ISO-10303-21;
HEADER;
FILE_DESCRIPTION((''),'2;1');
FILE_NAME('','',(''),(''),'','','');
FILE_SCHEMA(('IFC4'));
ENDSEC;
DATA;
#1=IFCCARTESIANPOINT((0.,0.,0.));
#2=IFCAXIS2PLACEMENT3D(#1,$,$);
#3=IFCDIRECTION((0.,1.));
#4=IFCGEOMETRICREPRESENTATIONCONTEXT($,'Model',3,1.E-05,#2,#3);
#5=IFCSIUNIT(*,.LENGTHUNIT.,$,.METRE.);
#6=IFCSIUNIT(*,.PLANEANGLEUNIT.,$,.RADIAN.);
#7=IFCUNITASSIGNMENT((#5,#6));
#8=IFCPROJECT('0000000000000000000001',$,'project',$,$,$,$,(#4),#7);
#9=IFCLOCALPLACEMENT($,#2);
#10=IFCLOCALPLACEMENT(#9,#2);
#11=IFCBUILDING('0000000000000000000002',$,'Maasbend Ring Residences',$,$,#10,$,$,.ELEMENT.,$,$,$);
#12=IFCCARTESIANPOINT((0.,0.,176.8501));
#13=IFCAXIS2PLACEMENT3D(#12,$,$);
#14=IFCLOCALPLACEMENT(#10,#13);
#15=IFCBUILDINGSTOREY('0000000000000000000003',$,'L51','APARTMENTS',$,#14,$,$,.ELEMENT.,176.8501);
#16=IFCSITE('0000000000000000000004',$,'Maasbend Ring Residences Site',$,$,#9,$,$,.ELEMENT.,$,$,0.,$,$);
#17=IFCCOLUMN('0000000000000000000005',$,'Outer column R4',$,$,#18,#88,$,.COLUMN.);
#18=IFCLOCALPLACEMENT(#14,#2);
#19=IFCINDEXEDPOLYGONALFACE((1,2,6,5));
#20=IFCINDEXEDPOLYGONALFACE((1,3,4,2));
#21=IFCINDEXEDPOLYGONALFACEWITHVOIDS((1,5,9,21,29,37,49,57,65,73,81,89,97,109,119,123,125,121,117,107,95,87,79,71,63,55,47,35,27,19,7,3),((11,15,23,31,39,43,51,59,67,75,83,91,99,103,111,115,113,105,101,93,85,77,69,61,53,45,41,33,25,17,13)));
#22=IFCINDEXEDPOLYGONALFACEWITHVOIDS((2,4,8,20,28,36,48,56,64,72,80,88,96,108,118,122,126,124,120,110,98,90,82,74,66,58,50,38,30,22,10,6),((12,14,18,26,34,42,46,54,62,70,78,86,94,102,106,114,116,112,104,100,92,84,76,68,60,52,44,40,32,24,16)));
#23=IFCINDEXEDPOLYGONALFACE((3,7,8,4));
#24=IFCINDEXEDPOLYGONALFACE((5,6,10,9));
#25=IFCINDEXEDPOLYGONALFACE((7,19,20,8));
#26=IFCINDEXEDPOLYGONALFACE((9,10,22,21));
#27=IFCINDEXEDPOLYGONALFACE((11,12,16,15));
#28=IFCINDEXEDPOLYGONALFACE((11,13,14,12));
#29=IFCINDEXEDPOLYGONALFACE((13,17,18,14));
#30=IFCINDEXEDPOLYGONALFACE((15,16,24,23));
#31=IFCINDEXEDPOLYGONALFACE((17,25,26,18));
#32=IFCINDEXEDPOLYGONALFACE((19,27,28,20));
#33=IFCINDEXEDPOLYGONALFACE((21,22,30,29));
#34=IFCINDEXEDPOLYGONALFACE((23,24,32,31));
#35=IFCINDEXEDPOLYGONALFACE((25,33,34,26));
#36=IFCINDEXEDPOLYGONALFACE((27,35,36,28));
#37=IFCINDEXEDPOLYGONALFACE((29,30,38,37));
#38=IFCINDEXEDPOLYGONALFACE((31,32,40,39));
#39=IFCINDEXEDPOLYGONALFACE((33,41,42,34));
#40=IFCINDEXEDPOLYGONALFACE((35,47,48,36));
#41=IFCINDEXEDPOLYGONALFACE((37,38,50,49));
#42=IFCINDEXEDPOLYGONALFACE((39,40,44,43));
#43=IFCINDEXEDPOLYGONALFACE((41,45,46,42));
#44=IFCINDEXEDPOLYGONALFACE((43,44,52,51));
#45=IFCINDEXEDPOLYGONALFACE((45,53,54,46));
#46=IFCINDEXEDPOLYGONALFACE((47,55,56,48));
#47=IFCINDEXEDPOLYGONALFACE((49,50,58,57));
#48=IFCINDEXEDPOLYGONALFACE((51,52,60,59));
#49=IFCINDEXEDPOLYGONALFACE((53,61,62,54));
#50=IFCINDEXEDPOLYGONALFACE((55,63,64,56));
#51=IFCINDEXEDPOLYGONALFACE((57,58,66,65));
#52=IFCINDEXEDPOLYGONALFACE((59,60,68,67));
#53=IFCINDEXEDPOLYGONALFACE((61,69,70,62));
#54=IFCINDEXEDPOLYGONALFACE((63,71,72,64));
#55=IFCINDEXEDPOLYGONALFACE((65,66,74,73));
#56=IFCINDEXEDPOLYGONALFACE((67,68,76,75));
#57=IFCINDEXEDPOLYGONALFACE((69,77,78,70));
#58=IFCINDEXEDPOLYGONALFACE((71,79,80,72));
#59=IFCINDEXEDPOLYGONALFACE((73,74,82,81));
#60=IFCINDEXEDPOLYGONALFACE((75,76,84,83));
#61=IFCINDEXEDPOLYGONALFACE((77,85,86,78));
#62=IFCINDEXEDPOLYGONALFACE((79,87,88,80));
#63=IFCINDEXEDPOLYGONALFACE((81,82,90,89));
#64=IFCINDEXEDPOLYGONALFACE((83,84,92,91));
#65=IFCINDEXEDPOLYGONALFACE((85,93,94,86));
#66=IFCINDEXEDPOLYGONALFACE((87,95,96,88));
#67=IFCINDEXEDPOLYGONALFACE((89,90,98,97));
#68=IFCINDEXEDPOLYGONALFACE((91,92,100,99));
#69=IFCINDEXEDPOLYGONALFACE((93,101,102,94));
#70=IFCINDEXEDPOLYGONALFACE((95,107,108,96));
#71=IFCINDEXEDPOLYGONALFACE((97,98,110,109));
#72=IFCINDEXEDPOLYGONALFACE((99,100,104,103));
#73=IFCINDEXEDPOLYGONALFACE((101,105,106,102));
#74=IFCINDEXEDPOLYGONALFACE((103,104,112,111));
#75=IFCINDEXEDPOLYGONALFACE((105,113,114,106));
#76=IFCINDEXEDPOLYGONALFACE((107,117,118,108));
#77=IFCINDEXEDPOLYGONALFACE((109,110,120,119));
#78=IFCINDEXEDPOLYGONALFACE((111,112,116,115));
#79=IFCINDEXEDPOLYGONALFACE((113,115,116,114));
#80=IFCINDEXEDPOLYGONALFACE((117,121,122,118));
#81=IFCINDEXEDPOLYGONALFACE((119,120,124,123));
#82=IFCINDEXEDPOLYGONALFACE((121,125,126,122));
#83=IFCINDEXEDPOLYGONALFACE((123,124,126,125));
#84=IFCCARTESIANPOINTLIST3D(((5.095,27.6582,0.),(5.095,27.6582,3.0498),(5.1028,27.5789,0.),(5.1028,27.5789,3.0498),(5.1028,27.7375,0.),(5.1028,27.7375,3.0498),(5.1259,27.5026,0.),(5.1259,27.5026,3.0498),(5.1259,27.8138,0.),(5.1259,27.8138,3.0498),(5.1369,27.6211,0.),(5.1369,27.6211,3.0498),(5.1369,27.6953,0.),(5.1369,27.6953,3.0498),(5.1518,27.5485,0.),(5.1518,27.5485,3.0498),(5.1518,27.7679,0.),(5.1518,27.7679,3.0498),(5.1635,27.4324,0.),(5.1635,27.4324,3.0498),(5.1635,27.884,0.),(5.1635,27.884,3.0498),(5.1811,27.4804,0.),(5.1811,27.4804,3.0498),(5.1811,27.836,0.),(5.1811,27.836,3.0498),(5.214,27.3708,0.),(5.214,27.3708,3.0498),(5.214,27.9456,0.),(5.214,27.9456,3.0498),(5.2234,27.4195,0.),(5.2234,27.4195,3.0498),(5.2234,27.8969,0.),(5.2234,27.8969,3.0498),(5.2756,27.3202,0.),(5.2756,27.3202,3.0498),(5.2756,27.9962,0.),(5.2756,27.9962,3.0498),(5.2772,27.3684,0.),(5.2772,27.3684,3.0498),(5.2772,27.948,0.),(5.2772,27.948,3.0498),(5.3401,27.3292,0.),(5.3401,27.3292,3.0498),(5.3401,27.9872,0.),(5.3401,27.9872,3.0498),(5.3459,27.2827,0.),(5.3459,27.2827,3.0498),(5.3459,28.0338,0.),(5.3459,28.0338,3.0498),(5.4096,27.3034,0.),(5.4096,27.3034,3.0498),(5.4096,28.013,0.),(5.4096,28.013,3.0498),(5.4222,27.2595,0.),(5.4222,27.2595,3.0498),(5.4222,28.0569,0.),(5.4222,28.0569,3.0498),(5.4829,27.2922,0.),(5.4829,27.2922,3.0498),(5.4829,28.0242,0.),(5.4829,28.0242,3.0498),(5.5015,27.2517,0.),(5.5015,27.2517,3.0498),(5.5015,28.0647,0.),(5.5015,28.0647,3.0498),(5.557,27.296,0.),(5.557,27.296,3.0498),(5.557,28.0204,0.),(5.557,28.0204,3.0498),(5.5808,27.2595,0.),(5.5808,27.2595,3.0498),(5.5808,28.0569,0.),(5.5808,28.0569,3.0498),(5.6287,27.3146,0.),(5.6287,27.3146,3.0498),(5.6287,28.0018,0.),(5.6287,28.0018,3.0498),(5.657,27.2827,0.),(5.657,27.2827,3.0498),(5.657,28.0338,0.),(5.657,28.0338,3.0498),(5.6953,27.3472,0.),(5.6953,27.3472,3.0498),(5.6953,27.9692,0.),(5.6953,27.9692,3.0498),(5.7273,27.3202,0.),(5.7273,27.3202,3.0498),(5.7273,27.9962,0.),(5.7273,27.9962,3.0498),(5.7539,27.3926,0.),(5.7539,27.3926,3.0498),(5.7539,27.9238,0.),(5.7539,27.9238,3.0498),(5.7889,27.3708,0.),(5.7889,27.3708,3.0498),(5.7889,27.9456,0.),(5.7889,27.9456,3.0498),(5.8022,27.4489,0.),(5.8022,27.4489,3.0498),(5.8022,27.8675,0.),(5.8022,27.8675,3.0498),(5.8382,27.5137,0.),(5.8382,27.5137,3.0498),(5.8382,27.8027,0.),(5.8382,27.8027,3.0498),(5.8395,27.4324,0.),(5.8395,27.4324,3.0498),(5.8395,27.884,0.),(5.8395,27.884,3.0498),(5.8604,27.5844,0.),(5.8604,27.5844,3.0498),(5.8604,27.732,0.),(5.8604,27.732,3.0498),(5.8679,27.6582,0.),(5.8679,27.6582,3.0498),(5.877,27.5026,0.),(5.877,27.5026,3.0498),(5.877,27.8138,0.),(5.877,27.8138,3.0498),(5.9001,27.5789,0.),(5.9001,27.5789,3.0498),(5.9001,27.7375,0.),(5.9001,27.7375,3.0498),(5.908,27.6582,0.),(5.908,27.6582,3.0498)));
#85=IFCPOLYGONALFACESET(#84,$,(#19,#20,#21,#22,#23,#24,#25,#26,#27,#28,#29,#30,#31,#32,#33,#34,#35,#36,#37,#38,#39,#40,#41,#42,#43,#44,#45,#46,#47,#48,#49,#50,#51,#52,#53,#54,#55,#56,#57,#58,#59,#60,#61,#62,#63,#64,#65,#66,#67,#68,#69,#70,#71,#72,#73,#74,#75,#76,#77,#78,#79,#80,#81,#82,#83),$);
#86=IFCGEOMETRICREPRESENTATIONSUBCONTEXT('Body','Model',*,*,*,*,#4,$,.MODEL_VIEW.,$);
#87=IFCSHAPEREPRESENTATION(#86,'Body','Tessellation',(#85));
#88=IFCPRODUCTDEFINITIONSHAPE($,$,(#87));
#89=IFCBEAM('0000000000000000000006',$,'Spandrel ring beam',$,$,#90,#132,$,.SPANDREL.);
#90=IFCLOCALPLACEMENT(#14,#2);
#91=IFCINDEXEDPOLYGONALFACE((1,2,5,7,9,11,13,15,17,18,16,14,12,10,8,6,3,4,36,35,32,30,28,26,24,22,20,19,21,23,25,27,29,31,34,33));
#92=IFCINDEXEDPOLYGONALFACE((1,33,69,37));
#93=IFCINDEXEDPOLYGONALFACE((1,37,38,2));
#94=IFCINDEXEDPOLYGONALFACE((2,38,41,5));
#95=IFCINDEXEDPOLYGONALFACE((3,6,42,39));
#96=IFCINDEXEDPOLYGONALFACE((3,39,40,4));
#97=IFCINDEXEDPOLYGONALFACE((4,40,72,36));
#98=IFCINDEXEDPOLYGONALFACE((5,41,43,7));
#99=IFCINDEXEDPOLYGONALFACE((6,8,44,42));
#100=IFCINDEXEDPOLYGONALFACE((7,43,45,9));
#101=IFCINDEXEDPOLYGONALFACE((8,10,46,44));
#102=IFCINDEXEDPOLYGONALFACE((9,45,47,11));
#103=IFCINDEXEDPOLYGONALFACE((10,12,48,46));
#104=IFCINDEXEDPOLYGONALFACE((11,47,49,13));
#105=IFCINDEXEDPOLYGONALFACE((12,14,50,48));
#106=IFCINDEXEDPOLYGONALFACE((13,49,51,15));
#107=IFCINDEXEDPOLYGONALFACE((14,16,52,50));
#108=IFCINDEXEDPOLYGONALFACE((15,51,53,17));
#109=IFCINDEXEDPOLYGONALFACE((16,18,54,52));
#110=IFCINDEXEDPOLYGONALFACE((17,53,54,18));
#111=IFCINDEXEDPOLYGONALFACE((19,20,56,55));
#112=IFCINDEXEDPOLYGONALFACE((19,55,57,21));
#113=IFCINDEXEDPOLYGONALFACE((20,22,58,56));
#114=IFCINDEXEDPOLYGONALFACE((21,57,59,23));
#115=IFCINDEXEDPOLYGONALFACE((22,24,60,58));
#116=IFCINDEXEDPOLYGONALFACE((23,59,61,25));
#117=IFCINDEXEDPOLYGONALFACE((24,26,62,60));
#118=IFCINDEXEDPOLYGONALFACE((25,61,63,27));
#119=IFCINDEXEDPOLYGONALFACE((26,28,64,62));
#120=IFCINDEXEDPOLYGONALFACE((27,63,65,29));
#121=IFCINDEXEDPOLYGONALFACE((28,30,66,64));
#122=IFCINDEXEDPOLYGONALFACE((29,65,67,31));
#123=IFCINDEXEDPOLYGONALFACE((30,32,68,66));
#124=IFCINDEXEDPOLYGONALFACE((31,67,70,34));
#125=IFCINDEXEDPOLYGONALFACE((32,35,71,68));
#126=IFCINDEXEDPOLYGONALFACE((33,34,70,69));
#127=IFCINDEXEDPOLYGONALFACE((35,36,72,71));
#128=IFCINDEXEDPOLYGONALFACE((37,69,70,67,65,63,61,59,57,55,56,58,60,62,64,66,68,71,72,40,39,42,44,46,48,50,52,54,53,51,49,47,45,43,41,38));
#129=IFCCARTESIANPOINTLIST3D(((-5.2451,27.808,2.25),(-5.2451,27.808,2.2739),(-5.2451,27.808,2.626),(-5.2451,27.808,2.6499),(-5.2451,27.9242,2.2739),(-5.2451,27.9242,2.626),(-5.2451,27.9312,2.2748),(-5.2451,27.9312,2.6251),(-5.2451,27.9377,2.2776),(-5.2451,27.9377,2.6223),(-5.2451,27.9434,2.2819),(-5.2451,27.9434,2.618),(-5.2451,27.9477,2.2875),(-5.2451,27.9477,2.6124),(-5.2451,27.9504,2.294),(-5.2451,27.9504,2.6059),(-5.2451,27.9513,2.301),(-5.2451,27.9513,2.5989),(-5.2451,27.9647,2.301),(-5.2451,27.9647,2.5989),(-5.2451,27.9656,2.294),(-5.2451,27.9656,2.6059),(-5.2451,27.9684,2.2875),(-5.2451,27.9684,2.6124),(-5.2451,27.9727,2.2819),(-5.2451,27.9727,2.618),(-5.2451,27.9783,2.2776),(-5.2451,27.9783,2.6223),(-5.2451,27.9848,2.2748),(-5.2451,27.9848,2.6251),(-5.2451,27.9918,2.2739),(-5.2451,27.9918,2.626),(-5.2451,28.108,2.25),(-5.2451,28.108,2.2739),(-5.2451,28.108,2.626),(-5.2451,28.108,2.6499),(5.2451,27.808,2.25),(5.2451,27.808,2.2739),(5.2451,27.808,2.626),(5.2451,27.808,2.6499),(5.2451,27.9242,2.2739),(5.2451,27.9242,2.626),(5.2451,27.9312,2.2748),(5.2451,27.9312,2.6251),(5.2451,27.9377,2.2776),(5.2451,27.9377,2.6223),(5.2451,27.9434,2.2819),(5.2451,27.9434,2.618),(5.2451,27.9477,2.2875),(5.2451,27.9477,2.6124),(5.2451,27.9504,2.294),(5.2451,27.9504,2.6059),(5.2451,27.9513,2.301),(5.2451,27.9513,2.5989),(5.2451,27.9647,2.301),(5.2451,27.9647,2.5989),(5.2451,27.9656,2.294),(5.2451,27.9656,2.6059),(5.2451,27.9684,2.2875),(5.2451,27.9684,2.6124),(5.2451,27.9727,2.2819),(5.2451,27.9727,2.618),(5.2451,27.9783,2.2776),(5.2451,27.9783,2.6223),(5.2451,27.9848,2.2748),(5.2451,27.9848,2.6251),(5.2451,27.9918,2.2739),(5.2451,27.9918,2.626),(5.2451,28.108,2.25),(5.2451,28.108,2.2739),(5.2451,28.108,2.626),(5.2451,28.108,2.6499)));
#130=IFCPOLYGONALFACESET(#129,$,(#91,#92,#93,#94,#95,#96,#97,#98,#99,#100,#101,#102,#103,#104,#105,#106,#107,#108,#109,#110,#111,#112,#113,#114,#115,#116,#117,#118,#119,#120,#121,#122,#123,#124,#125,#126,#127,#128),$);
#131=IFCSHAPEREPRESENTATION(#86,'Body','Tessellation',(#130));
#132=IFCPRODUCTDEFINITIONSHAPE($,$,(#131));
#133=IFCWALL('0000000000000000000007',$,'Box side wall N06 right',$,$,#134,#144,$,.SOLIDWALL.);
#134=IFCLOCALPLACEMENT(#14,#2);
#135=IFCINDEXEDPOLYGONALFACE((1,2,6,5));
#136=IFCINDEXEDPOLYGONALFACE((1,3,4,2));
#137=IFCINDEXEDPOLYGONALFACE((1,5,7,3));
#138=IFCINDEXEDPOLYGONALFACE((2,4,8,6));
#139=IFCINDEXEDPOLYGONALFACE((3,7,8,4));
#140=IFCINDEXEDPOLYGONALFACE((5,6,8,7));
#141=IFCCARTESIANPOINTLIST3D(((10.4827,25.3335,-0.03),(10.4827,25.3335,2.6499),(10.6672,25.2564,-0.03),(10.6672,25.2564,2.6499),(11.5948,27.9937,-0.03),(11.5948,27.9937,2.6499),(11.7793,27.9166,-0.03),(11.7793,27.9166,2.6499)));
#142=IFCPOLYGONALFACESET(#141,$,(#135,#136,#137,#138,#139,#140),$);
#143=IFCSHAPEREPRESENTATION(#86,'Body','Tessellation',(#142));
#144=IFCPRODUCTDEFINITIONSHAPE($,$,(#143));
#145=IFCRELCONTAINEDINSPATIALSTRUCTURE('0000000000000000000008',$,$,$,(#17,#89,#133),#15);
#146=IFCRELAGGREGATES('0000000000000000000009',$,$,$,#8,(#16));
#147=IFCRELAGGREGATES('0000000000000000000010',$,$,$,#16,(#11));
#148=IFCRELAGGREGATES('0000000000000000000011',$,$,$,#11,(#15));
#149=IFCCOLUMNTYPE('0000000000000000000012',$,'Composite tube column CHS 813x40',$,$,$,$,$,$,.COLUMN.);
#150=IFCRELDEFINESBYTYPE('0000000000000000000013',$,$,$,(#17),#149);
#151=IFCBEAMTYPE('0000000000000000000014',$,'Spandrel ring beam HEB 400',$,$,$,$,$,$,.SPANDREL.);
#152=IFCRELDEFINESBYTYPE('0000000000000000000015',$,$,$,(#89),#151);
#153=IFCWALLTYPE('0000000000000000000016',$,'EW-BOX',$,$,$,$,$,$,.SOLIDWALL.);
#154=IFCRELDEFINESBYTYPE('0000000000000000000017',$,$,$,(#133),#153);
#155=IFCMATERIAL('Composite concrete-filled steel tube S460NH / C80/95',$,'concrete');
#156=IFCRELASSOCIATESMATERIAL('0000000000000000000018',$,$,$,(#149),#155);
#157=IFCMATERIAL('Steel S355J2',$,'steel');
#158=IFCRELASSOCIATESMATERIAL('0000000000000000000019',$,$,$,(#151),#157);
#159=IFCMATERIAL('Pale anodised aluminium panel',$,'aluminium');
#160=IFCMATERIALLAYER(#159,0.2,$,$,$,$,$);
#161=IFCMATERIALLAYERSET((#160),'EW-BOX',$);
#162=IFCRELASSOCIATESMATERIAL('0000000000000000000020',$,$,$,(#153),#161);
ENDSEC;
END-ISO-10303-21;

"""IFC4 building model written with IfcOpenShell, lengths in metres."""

from ifc_helpers import new_model, si_unit, direction, frame, frame_2d, origin, origin_2d, place, context, subcontext, project, spatial, rectangle, hollow_circle, i_section, extrude, material, layer, layer_set, material_profile, profile_set, type_object, element, save


model = new_model("IFC4")

# Units and contexts
model_context = context("Model", 3, precision=1e-05, world=origin(), true_north=direction((0.0, 1.0)))
body_context = subcontext(model_context, "Body", "Model", "MODEL_VIEW")
ifc_project = project(units=[si_unit("LENGTHUNIT", "METRE"), si_unit("PLANEANGLEUNIT", "RADIAN")], contexts=[model_context])

# Site, building, storey
site_placement = place(None, origin())
site = spatial("IfcSite", under=ifc_project, at=site_placement, Name="Maasbend Ring Residences Site", CompositionType="ELEMENT", RefElevation=0.0)
building_placement = place(site_placement, origin())
building = spatial("IfcBuilding", under=site, at=building_placement, Name="Maasbend Ring Residences", CompositionType="ELEMENT")
storey_placement = place(building_placement, frame((0.0, 0.0, 176.8501)))
storey = spatial("IfcBuildingStorey", under=building, at=storey_placement, Name="L51", Description="APARTMENTS", CompositionType="ELEMENT", Elevation=176.8501)

# Column
ifc_material_1 = material(Name="Composite concrete-filled steel tube S460NH / C80/95", Category="concrete")
ifc_material_profile_1 = material_profile(ifc_material_1, hollow_circle(Radius=0.4065, WallThickness=0.04, at=origin_2d()), Name="Composite tube column CHS 813x40")
ifc_profile_set_1 = profile_set([ifc_material_profile_1], Name="Composite concrete-filled steel tube S460NH / C80/95")
column_type = type_object("IfcColumnType", Name="Composite tube column CHS 813x40", PredefinedType="COLUMN", material=ifc_profile_set_1)
column_placement = place(storey_placement, frame((5.5015, 27.6582, 0.0), z_axis=(0.0, 0.0, 1.0), x_axis=(1.0, 0.0, 0.0)))
element("IfcColumn", 1, at=column_placement, inside=storey, type_object=column_type, Name="Outer column R4", PredefinedType="COLUMN", context=body_context, shape_type="SweptSolid", body=[
    extrude(hollow_circle(Radius=0.4065, WallThickness=0.04, at=origin_2d()), origin(), (0.0, 0.0, 1.0), 3.0498),
])

# Beam
ifc_material_2 = material(Name="Steel S355J2", Category="steel")
ifc_material_profile_2 = material_profile(ifc_material_2, i_section(OverallWidth=0.3, OverallDepth=0.3999, WebThickness=0.0134, FlangeThickness=0.0239, FilletRadius=0.0271, at=origin_2d()), Name="HEB 400")
ifc_profile_set_2 = profile_set([ifc_material_profile_2], Name="Steel S355J2")
beam_type = type_object("IfcBeamType", Name="Spandrel ring beam HEB 400", PredefinedType="SPANDREL", material=ifc_profile_set_2)
beam_placement = place(storey_placement, frame((5.2451, 27.958, 2.45), z_axis=(-1.0, 0.0, 0.0), x_axis=(0.0, -1.0, 0.0)))
element("IfcBeam", 2, at=beam_placement, inside=storey, type_object=beam_type, Name="Spandrel ring beam", PredefinedType="SPANDREL", context=body_context, shape_type="SweptSolid", body=[
    extrude(i_section(OverallWidth=0.3, OverallDepth=0.3999, WebThickness=0.0134, FlangeThickness=0.0239, FilletRadius=0.0271, at=origin_2d()), origin(), (0.0, 0.0, 1.0), 10.4902),
])

# Wall
ifc_material_3 = material(Name="Pale anodised aluminium panel", Category="aluminium")
ifc_layer_1 = layer(ifc_material_3, 0.2)
ifc_layer_set_1 = layer_set([ifc_layer_1], Name="EW-BOX")
wall_type_1 = type_object("IfcWallType", Name="EW-BOX", PredefinedType="SOLIDWALL", material=ifc_layer_set_1)
wall_1_placement = place(storey_placement, frame((10.575, 25.2949, -0.03), z_axis=(0.0, 0.0, 1.0), x_axis=(0.385697, 0.922625, 0.0)))
element("IfcWall", 3, at=wall_1_placement, inside=storey, type_object=wall_type_1, Name="Box side wall N06 right", PredefinedType="SOLIDWALL", context=body_context, shape_type="SweptSolid", body=[
    extrude(rectangle(XDim=2.8833, YDim=0.2, at=frame_2d((1.4417, 0.0))), origin(), (0.0, 0.0, 1.0), 2.6799),
])

save(model, "model.ifc")
